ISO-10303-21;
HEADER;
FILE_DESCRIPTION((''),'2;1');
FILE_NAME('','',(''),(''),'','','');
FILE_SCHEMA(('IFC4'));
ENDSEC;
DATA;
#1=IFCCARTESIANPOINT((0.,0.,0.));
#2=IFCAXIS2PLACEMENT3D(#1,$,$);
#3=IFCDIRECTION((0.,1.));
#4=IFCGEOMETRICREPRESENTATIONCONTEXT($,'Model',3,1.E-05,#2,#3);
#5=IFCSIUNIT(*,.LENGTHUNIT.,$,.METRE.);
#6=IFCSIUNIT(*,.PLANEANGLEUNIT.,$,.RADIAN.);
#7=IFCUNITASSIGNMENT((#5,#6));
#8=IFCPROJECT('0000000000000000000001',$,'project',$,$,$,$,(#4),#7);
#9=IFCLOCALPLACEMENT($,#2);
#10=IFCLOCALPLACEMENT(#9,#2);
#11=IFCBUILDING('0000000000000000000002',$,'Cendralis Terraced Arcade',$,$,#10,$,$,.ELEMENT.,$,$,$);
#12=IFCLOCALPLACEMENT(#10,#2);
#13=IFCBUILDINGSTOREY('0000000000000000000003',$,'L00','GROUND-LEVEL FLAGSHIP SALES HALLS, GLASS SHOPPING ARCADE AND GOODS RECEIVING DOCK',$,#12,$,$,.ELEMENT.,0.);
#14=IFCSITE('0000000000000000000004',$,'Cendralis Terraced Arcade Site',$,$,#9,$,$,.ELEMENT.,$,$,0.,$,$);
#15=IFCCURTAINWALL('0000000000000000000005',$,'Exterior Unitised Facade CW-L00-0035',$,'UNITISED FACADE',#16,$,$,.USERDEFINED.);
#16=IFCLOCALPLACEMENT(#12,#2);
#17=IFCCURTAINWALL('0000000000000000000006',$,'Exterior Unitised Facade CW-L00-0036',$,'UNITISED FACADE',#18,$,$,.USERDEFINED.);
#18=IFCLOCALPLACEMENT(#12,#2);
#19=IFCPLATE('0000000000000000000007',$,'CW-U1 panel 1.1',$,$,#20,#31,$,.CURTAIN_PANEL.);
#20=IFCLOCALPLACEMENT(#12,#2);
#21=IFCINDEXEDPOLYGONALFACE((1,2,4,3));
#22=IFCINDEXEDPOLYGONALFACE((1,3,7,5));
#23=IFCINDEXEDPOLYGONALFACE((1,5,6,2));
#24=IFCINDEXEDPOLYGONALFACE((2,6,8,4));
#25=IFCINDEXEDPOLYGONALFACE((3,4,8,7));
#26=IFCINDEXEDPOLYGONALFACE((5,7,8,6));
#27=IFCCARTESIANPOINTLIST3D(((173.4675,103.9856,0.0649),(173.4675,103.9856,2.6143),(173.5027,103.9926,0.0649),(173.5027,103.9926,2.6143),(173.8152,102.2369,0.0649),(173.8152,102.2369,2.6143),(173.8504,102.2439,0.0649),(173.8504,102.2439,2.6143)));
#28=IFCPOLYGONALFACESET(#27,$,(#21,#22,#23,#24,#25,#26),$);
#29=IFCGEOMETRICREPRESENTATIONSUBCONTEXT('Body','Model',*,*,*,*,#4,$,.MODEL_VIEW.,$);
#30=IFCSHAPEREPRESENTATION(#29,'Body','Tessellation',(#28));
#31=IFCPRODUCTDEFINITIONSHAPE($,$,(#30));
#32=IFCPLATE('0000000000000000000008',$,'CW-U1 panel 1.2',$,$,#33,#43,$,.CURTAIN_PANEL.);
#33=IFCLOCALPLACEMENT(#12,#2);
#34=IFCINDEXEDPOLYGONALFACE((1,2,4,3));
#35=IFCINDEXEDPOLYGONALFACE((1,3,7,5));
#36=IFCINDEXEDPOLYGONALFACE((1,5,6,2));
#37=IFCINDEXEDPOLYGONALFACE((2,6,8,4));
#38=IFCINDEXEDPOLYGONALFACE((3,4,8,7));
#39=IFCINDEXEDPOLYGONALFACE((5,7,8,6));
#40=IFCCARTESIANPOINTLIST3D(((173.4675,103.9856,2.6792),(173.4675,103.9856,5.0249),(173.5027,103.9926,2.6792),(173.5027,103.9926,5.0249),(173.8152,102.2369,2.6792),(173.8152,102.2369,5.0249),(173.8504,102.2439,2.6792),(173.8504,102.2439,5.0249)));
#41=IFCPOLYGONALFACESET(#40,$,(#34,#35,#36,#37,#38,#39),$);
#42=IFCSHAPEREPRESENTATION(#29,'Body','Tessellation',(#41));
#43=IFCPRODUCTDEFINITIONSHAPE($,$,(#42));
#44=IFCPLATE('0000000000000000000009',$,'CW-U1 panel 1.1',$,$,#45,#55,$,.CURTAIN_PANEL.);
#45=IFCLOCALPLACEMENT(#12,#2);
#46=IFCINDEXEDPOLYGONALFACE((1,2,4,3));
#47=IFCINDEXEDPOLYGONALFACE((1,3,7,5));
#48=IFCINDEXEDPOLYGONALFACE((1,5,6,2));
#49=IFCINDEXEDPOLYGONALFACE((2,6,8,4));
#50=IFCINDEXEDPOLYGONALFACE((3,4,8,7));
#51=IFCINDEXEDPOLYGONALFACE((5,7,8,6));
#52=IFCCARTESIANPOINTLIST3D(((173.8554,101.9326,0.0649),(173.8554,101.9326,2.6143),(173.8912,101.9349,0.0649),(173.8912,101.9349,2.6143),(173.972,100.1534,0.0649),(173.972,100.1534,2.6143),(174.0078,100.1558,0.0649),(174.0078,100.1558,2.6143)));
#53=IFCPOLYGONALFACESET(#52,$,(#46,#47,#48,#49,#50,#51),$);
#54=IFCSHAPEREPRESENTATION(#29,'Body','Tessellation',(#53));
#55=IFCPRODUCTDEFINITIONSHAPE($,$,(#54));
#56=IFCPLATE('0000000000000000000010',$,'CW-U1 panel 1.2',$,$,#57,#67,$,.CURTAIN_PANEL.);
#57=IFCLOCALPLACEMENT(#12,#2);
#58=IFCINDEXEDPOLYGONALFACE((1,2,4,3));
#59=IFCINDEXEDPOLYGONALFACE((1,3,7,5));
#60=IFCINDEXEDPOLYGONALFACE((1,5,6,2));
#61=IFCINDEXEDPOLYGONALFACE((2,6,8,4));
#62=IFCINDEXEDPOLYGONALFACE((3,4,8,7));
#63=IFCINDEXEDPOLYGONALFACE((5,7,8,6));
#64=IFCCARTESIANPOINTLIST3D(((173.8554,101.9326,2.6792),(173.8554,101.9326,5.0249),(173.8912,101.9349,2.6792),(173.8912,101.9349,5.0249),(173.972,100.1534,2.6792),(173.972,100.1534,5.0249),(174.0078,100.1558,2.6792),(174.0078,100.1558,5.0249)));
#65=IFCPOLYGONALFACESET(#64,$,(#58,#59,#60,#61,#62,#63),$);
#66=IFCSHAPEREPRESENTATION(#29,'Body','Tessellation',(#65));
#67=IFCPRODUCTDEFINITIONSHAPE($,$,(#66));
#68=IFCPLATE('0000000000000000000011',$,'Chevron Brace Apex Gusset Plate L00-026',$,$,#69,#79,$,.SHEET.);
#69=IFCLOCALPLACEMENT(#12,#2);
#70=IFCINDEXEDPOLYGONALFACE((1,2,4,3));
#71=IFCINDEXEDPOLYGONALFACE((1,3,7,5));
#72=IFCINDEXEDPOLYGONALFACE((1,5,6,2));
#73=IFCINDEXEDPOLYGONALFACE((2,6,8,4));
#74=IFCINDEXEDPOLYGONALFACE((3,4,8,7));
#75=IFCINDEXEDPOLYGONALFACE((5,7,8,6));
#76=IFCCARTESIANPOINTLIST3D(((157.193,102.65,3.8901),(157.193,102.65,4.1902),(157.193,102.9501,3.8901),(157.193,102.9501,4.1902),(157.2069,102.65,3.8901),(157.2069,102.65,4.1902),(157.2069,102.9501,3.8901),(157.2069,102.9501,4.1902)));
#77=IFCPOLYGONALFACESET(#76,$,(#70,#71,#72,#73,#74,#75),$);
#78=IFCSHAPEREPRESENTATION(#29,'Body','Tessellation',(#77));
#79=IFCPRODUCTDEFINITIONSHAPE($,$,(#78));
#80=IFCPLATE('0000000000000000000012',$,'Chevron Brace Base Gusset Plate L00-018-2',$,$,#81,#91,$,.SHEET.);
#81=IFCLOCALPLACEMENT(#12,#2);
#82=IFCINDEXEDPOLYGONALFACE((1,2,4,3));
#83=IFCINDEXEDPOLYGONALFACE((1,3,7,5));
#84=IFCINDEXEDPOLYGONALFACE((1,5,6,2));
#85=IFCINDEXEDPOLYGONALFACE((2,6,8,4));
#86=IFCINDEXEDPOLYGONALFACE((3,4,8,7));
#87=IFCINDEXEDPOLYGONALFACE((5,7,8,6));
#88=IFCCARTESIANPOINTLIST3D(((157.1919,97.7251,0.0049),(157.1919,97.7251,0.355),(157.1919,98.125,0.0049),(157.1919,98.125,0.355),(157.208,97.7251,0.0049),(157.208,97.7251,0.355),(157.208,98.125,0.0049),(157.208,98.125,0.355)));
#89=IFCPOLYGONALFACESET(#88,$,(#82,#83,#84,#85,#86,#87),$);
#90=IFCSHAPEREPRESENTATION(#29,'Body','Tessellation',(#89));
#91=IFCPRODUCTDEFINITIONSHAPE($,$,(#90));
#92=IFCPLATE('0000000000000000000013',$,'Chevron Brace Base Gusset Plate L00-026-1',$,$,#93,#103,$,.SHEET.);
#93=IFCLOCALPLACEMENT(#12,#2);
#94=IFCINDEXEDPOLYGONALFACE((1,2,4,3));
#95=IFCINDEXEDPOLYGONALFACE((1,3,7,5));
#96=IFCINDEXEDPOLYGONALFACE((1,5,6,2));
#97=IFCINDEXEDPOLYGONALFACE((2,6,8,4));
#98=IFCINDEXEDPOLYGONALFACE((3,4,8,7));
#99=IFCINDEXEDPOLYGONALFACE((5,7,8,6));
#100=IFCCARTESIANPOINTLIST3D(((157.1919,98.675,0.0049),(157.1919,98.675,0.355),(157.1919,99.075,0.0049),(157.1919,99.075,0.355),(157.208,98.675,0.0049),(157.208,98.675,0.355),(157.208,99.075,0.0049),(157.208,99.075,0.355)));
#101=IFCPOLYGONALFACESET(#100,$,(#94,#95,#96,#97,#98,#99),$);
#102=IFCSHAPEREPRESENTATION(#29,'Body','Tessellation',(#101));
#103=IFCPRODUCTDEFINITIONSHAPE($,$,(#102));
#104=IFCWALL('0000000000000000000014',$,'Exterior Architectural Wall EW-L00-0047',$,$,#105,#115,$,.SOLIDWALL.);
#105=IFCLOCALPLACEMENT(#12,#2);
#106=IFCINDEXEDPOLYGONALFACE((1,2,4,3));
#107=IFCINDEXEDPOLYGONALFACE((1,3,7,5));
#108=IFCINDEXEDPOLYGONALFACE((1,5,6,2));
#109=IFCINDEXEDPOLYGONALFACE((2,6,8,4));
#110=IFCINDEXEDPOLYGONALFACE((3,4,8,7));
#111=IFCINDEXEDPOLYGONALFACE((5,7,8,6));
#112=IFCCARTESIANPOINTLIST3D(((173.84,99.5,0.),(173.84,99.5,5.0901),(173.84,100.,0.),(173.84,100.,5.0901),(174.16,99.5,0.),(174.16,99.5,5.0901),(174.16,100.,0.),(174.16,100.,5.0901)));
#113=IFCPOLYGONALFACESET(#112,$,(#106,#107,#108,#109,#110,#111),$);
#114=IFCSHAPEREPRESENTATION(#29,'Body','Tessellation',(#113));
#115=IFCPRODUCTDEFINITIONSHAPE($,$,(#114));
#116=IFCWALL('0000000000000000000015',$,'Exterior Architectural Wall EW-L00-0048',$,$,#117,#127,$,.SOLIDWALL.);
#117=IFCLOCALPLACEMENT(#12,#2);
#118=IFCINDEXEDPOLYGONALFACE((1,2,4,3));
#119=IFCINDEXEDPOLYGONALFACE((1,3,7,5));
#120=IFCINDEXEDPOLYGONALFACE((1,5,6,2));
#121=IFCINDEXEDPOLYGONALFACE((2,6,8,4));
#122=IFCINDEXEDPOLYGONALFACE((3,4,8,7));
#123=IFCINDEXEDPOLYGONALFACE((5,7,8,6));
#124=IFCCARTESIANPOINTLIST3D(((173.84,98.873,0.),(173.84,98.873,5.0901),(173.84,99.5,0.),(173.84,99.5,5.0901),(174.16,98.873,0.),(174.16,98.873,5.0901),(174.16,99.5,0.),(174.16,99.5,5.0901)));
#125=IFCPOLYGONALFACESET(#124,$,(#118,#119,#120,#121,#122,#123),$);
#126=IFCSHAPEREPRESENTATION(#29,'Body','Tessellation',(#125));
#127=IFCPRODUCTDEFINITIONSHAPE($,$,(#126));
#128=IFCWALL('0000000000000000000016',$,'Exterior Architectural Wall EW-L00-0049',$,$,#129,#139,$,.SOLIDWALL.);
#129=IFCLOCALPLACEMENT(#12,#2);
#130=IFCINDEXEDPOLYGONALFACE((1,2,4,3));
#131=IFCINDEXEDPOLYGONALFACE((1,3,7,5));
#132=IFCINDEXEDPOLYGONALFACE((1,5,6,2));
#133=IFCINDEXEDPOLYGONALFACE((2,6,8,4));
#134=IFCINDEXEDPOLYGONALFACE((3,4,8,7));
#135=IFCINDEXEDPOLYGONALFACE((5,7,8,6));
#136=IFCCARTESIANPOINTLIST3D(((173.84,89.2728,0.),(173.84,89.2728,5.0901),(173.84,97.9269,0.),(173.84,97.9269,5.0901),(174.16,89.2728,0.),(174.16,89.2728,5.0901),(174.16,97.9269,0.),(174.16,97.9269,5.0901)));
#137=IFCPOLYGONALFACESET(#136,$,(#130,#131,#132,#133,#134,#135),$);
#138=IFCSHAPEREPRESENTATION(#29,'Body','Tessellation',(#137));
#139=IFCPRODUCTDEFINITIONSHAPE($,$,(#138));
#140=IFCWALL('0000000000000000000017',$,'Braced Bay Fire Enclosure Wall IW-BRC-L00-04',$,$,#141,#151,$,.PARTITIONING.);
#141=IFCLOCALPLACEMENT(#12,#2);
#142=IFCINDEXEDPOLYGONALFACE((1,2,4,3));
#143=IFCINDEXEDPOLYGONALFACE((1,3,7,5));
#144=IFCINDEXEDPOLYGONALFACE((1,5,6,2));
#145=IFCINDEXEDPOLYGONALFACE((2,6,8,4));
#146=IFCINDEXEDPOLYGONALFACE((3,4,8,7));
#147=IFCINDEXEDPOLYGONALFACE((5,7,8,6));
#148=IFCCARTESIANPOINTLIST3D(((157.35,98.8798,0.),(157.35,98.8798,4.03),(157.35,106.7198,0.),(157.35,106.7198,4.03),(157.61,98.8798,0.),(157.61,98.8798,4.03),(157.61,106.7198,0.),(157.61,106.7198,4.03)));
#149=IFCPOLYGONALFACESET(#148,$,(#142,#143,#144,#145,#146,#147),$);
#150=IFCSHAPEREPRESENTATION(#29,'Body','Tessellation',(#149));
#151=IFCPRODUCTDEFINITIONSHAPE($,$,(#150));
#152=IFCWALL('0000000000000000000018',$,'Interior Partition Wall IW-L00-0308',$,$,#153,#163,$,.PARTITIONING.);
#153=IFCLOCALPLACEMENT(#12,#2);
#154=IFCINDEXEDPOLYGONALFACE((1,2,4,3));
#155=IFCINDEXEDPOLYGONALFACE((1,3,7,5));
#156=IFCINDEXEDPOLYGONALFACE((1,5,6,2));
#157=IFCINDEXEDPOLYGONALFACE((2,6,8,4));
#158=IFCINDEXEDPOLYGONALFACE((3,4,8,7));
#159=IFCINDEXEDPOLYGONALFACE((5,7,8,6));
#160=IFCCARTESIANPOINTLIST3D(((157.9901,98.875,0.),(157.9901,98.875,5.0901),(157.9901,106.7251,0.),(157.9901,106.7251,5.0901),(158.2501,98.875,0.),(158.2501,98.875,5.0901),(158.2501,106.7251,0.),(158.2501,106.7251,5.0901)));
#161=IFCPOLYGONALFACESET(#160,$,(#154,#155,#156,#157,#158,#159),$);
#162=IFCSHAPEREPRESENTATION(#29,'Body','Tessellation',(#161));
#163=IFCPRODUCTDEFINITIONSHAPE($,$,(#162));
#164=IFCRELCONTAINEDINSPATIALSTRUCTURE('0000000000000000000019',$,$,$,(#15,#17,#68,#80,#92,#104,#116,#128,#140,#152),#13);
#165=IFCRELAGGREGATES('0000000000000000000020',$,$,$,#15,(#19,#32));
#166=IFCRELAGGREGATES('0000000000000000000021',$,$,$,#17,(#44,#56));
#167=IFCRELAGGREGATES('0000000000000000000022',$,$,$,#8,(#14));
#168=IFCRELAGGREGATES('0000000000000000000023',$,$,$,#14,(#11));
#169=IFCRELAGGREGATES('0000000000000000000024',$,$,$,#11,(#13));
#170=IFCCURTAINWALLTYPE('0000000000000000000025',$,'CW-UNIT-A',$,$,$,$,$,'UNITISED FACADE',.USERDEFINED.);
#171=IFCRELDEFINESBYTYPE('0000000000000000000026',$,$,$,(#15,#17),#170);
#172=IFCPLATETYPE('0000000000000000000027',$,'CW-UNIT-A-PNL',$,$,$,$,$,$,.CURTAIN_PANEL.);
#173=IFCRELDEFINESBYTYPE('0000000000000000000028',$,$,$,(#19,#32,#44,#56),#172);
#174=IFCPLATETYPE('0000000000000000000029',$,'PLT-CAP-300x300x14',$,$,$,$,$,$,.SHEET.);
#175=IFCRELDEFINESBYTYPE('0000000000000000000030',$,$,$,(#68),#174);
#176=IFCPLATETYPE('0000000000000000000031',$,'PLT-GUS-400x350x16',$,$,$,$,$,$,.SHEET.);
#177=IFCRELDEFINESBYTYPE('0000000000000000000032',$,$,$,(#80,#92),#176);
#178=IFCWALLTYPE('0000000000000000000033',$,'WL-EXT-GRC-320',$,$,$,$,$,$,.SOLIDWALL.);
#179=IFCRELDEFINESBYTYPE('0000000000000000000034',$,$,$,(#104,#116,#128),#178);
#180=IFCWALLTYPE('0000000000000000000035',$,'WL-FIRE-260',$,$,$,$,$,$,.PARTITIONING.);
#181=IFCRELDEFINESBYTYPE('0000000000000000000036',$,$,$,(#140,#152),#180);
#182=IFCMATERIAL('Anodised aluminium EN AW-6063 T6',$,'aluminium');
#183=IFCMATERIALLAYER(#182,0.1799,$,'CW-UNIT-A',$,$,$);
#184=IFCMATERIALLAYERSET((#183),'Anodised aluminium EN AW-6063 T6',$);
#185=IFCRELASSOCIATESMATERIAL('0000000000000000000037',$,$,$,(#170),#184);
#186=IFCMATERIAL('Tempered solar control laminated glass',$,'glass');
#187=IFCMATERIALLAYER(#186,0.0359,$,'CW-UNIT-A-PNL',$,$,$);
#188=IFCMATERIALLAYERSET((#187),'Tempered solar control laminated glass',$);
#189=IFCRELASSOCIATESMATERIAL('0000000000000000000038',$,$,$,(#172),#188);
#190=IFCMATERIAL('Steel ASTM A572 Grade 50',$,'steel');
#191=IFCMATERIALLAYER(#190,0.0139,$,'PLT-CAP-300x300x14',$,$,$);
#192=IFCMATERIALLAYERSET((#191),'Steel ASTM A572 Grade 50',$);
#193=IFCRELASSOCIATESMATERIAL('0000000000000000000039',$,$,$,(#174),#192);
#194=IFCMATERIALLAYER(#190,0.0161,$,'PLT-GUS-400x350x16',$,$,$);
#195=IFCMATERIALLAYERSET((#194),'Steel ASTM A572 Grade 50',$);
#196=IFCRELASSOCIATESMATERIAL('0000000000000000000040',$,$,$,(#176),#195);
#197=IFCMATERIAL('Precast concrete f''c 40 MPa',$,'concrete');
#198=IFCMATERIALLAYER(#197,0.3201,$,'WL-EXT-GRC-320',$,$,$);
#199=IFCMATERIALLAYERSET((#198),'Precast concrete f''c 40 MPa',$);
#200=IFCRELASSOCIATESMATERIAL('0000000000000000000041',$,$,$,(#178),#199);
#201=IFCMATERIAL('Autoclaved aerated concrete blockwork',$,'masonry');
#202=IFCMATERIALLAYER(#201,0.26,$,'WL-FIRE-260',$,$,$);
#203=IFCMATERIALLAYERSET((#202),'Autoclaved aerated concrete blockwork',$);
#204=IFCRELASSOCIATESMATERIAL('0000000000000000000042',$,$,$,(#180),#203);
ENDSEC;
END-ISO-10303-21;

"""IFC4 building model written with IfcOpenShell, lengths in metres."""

from ifc_helpers import new_model, si_unit, direction, frame, frame_2d, origin, origin_2d, place, context, subcontext, project, spatial, rectangle, extrude, material, layer, layer_set, type_object, element, aggregate, save


model = new_model("IFC4")

# Units and contexts
model_context = context("Model", 3, precision=1e-05, world=origin(), true_north=direction((0.0, 1.0)))
body_context = subcontext(model_context, "Body", "Model", "MODEL_VIEW")
ifc_project = project(units=[si_unit("LENGTHUNIT", "METRE"), si_unit("PLANEANGLEUNIT", "RADIAN")], contexts=[model_context])

# Site, building, storey
site_placement = place(None, origin())
site = spatial("IfcSite", under=ifc_project, at=site_placement, Name="Cendralis Terraced Arcade Site", CompositionType="ELEMENT", RefElevation=0.0)
building_placement = place(site_placement, origin())
building = spatial("IfcBuilding", under=site, at=building_placement, Name="Cendralis Terraced Arcade", CompositionType="ELEMENT")
storey_placement = place(building_placement, origin())
storey = spatial("IfcBuildingStorey", under=building, at=storey_placement, Name="L00", Description="GROUND-LEVEL FLAGSHIP SALES HALLS, GLASS SHOPPING ARCADE AND GOODS RECEIVING DOCK", CompositionType="ELEMENT", Elevation=0.0)

# Curtain wall
ifc_material_1 = material(Name="Anodised aluminium EN AW-6063 T6", Category="aluminium")
ifc_layer_1 = layer(ifc_material_1, 0.1799, Name="CW-UNIT-A")
ifc_layer_set_1 = layer_set([ifc_layer_1], Name="Anodised aluminium EN AW-6063 T6")
curtain_wall_type = type_object("IfcCurtainWallType", Name="CW-UNIT-A", ElementType="UNITISED FACADE", PredefinedType="USERDEFINED", material=ifc_layer_set_1)
curtain_wall_1_placement = place(storey_placement, origin())
curtain_wall_1 = element("IfcCurtainWall", 1, at=curtain_wall_1_placement, inside=storey, type_object=curtain_wall_type, Name="Exterior Unitised Facade CW-L00-0035", ObjectType="UNITISED FACADE", PredefinedType="USERDEFINED")

# Curtain wall
curtain_wall_2_placement = place(storey_placement, origin())
curtain_wall_2 = element("IfcCurtainWall", 2, at=curtain_wall_2_placement, inside=storey, type_object=curtain_wall_type, Name="Exterior Unitised Facade CW-L00-0036", ObjectType="UNITISED FACADE", PredefinedType="USERDEFINED")

# Shared definitions
ifc_material_2 = material(Name="Steel ASTM A572 Grade 50", Category="steel")

# Plates
ifc_material_3 = material(Name="Tempered solar control laminated glass", Category="glass")
ifc_layer_2 = layer(ifc_material_3, 0.0359, Name="CW-UNIT-A-PNL")
ifc_layer_set_2 = layer_set([ifc_layer_2], Name="Tempered solar control laminated glass")
plate_type_1 = type_object("IfcPlateType", Name="CW-UNIT-A-PNL", PredefinedType="CURTAIN_PANEL", material=ifc_layer_set_2)
plate_1_placement = place(storey_placement, frame((173.6589, 103.1147, 0.0649), z_axis=(0.0, 0.0, 1.0), x_axis=(0.19505, -0.980793, 0.0)))
plate_1 = element("IfcPlate", 3, at=plate_1_placement, type_object=plate_type_1, Name="CW-U1 panel 1.1", PredefinedType="CURTAIN_PANEL", context=body_context, shape_type="SweptSolid", body=[
    extrude(rectangle(XDim=1.783, YDim=0.0359, at=origin_2d()), origin(), (0.0, 0.0, 1.0), 2.5493),
])
plate_2_placement = place(storey_placement, frame((173.6589, 103.1147, 2.6792), z_axis=(0.0, 0.0, 1.0), x_axis=(0.19505, -0.980793, 0.0)))
plate_2 = element("IfcPlate", 4, at=plate_2_placement, type_object=plate_type_1, Name="CW-U1 panel 1.2", PredefinedType="CURTAIN_PANEL", context=body_context, shape_type="SweptSolid", body=[
    extrude(rectangle(XDim=1.783, YDim=0.0359, at=origin_2d()), origin(), (0.0, 0.0, 1.0), 2.3457),
])
aggregate(curtain_wall_1, [plate_1, plate_2])
plate_3_placement = place(storey_placement, frame((173.9316, 101.0442, 0.0649), z_axis=(0.0, 0.0, 1.0), x_axis=(0.065398, -0.997859, 0.0)))
plate_3 = element("IfcPlate", 5, at=plate_3_placement, type_object=plate_type_1, Name="CW-U1 panel 1.1", PredefinedType="CURTAIN_PANEL", context=body_context, shape_type="SweptSolid", body=[
    extrude(rectangle(XDim=1.783, YDim=0.0359, at=origin_2d()), origin(), (0.0, 0.0, 1.0), 2.5493),
])
plate_4_placement = place(storey_placement, frame((173.9316, 101.0442, 2.6792), z_axis=(0.0, 0.0, 1.0), x_axis=(0.065398, -0.997859, 0.0)))
plate_4 = element("IfcPlate", 6, at=plate_4_placement, type_object=plate_type_1, Name="CW-U1 panel 1.2", PredefinedType="CURTAIN_PANEL", context=body_context, shape_type="SweptSolid", body=[
    extrude(rectangle(XDim=1.783, YDim=0.0359, at=origin_2d()), origin(), (0.0, 0.0, 1.0), 2.3457),
])
aggregate(curtain_wall_2, [plate_3, plate_4])

# Plates
ifc_layer_3 = layer(ifc_material_2, 0.0139, Name="PLT-CAP-300x300x14")
ifc_layer_set_3 = layer_set([ifc_layer_3], Name="Steel ASTM A572 Grade 50")
plate_type_2 = type_object("IfcPlateType", Name="PLT-CAP-300x300x14", PredefinedType="SHEET", material=ifc_layer_set_3)
plate_5_placement = place(storey_placement, frame((157.2, 102.8, 3.8901), z_axis=(0.0, 0.0, 1.0), x_axis=(0.0, 1.0, 0.0)))
element("IfcPlate", 7, at=plate_5_placement, inside=storey, type_object=plate_type_2, Name="Chevron Brace Apex Gusset Plate L00-026", PredefinedType="SHEET", context=body_context, shape_type="SweptSolid", body=[
    extrude(rectangle(XDim=0.3, YDim=0.0139, at=origin_2d()), origin(), (0.0, 0.0, 1.0), 0.3),
])
ifc_layer_4 = layer(ifc_material_2, 0.0161, Name="PLT-GUS-400x350x16")
ifc_layer_set_4 = layer_set([ifc_layer_4], Name="Steel ASTM A572 Grade 50")
plate_type_3 = type_object("IfcPlateType", Name="PLT-GUS-400x350x16", PredefinedType="SHEET", material=ifc_layer_set_4)
for number, where, z_axis, x_axis, name in (
    (8, (157.2, 97.925, 0.0049), (0.0, 0.0, 1.0), (0.0, 1.0, 0.0), "Chevron Brace Base Gusset Plate L00-018-2"),
    (9, (157.2, 98.875, 0.0049), (0.0, 0.0, 1.0), (0.0, 1.0, 0.0), "Chevron Brace Base Gusset Plate L00-026-1"),
):
    element("IfcPlate", number, at=place(storey_placement, frame(where, z_axis=z_axis, x_axis=x_axis)), inside=storey, type_object=plate_type_3, Name=name, PredefinedType="SHEET", context=body_context, shape_type="SweptSolid", body=[
        extrude(rectangle(XDim=0.3999, YDim=0.0161, at=origin_2d()), origin(), (0.0, 0.0, 1.0), 0.3501),
    ])

# Walls
ifc_material_4 = material(Name="Precast concrete f'c 40 MPa", Category="concrete")
ifc_layer_5 = layer(ifc_material_4, 0.3201, Name="WL-EXT-GRC-320")
ifc_layer_set_5 = layer_set([ifc_layer_5], Name="Precast concrete f'c 40 MPa")
wall_type_1 = type_object("IfcWallType", Name="WL-EXT-GRC-320", PredefinedType="SOLIDWALL", material=ifc_layer_set_5)
wall_1_placement = place(storey_placement, frame((174.0, 100.0, 0.0), z_axis=(0.0, 0.0, 1.0), x_axis=(0.0, -1.0, 0.0)))
element("IfcWall", 10, at=wall_1_placement, inside=storey, type_object=wall_type_1, Name="Exterior Architectural Wall EW-L00-0047", PredefinedType="SOLIDWALL", context=body_context, shape_type="SweptSolid", body=[
    extrude(rectangle(XDim=0.5, YDim=0.3201, at=frame_2d((0.25, 0.0))), origin(), (0.0, 0.0, 1.0), 5.0901),
])
wall_2_placement = place(storey_placement, frame((174.0, 99.5, 0.0), z_axis=(0.0, 0.0, 1.0), x_axis=(0.0, -1.0, 0.0)))
element("IfcWall", 11, at=wall_2_placement, inside=storey, type_object=wall_type_1, Name="Exterior Architectural Wall EW-L00-0048", PredefinedType="SOLIDWALL", context=body_context, shape_type="SweptSolid", body=[
    extrude(rectangle(XDim=0.627, YDim=0.3201, at=frame_2d((0.3135, 0.0))), origin(), (0.0, 0.0, 1.0), 5.0901),
])
wall_3_placement = place(storey_placement, frame((174.0, 97.927, 0.0), z_axis=(0.0, 0.0, 1.0), x_axis=(0.0, -1.0, 0.0)))
element("IfcWall", 12, at=wall_3_placement, inside=storey, type_object=wall_type_1, Name="Exterior Architectural Wall EW-L00-0049", PredefinedType="SOLIDWALL", context=body_context, shape_type="SweptSolid", body=[
    extrude(rectangle(XDim=8.6541, YDim=0.3201, at=frame_2d((4.3271, 0.0))), origin(), (0.0, 0.0, 1.0), 5.0901),
])
ifc_material_5 = material(Name="Autoclaved aerated concrete blockwork", Category="masonry")
ifc_layer_6 = layer(ifc_material_5, 0.26, Name="WL-FIRE-260")
ifc_layer_set_6 = layer_set([ifc_layer_6], Name="Autoclaved aerated concrete blockwork")
wall_type_2 = type_object("IfcWallType", Name="WL-FIRE-260", PredefinedType="PARTITIONING", material=ifc_layer_set_6)
wall_4_placement = place(storey_placement, frame((157.48, 98.8799, 0.0), z_axis=(0.0, 0.0, 1.0), x_axis=(0.0, 1.0, 0.0)))
element("IfcWall", 13, at=wall_4_placement, inside=storey, type_object=wall_type_2, Name="Braced Bay Fire Enclosure Wall IW-BRC-L00-04", PredefinedType="PARTITIONING", context=body_context, shape_type="SweptSolid", body=[
    extrude(rectangle(XDim=7.8401, YDim=0.26, at=frame_2d((3.9199, 0.0))), origin(), (0.0, 0.0, 1.0), 4.03),
])
wall_5_placement = place(storey_placement, frame((158.1201, 98.875, 0.0), z_axis=(0.0, 0.0, 1.0), x_axis=(0.0, 1.0, 0.0)))
element("IfcWall", 14, at=wall_5_placement, inside=storey, type_object=wall_type_2, Name="Interior Partition Wall IW-L00-0308", PredefinedType="PARTITIONING", context=body_context, shape_type="SweptSolid", body=[
    extrude(rectangle(XDim=7.8501, YDim=0.26, at=frame_2d((3.925, 0.0))), origin(), (0.0, 0.0, 1.0), 5.0901),
])

save(model, "model.ifc")
